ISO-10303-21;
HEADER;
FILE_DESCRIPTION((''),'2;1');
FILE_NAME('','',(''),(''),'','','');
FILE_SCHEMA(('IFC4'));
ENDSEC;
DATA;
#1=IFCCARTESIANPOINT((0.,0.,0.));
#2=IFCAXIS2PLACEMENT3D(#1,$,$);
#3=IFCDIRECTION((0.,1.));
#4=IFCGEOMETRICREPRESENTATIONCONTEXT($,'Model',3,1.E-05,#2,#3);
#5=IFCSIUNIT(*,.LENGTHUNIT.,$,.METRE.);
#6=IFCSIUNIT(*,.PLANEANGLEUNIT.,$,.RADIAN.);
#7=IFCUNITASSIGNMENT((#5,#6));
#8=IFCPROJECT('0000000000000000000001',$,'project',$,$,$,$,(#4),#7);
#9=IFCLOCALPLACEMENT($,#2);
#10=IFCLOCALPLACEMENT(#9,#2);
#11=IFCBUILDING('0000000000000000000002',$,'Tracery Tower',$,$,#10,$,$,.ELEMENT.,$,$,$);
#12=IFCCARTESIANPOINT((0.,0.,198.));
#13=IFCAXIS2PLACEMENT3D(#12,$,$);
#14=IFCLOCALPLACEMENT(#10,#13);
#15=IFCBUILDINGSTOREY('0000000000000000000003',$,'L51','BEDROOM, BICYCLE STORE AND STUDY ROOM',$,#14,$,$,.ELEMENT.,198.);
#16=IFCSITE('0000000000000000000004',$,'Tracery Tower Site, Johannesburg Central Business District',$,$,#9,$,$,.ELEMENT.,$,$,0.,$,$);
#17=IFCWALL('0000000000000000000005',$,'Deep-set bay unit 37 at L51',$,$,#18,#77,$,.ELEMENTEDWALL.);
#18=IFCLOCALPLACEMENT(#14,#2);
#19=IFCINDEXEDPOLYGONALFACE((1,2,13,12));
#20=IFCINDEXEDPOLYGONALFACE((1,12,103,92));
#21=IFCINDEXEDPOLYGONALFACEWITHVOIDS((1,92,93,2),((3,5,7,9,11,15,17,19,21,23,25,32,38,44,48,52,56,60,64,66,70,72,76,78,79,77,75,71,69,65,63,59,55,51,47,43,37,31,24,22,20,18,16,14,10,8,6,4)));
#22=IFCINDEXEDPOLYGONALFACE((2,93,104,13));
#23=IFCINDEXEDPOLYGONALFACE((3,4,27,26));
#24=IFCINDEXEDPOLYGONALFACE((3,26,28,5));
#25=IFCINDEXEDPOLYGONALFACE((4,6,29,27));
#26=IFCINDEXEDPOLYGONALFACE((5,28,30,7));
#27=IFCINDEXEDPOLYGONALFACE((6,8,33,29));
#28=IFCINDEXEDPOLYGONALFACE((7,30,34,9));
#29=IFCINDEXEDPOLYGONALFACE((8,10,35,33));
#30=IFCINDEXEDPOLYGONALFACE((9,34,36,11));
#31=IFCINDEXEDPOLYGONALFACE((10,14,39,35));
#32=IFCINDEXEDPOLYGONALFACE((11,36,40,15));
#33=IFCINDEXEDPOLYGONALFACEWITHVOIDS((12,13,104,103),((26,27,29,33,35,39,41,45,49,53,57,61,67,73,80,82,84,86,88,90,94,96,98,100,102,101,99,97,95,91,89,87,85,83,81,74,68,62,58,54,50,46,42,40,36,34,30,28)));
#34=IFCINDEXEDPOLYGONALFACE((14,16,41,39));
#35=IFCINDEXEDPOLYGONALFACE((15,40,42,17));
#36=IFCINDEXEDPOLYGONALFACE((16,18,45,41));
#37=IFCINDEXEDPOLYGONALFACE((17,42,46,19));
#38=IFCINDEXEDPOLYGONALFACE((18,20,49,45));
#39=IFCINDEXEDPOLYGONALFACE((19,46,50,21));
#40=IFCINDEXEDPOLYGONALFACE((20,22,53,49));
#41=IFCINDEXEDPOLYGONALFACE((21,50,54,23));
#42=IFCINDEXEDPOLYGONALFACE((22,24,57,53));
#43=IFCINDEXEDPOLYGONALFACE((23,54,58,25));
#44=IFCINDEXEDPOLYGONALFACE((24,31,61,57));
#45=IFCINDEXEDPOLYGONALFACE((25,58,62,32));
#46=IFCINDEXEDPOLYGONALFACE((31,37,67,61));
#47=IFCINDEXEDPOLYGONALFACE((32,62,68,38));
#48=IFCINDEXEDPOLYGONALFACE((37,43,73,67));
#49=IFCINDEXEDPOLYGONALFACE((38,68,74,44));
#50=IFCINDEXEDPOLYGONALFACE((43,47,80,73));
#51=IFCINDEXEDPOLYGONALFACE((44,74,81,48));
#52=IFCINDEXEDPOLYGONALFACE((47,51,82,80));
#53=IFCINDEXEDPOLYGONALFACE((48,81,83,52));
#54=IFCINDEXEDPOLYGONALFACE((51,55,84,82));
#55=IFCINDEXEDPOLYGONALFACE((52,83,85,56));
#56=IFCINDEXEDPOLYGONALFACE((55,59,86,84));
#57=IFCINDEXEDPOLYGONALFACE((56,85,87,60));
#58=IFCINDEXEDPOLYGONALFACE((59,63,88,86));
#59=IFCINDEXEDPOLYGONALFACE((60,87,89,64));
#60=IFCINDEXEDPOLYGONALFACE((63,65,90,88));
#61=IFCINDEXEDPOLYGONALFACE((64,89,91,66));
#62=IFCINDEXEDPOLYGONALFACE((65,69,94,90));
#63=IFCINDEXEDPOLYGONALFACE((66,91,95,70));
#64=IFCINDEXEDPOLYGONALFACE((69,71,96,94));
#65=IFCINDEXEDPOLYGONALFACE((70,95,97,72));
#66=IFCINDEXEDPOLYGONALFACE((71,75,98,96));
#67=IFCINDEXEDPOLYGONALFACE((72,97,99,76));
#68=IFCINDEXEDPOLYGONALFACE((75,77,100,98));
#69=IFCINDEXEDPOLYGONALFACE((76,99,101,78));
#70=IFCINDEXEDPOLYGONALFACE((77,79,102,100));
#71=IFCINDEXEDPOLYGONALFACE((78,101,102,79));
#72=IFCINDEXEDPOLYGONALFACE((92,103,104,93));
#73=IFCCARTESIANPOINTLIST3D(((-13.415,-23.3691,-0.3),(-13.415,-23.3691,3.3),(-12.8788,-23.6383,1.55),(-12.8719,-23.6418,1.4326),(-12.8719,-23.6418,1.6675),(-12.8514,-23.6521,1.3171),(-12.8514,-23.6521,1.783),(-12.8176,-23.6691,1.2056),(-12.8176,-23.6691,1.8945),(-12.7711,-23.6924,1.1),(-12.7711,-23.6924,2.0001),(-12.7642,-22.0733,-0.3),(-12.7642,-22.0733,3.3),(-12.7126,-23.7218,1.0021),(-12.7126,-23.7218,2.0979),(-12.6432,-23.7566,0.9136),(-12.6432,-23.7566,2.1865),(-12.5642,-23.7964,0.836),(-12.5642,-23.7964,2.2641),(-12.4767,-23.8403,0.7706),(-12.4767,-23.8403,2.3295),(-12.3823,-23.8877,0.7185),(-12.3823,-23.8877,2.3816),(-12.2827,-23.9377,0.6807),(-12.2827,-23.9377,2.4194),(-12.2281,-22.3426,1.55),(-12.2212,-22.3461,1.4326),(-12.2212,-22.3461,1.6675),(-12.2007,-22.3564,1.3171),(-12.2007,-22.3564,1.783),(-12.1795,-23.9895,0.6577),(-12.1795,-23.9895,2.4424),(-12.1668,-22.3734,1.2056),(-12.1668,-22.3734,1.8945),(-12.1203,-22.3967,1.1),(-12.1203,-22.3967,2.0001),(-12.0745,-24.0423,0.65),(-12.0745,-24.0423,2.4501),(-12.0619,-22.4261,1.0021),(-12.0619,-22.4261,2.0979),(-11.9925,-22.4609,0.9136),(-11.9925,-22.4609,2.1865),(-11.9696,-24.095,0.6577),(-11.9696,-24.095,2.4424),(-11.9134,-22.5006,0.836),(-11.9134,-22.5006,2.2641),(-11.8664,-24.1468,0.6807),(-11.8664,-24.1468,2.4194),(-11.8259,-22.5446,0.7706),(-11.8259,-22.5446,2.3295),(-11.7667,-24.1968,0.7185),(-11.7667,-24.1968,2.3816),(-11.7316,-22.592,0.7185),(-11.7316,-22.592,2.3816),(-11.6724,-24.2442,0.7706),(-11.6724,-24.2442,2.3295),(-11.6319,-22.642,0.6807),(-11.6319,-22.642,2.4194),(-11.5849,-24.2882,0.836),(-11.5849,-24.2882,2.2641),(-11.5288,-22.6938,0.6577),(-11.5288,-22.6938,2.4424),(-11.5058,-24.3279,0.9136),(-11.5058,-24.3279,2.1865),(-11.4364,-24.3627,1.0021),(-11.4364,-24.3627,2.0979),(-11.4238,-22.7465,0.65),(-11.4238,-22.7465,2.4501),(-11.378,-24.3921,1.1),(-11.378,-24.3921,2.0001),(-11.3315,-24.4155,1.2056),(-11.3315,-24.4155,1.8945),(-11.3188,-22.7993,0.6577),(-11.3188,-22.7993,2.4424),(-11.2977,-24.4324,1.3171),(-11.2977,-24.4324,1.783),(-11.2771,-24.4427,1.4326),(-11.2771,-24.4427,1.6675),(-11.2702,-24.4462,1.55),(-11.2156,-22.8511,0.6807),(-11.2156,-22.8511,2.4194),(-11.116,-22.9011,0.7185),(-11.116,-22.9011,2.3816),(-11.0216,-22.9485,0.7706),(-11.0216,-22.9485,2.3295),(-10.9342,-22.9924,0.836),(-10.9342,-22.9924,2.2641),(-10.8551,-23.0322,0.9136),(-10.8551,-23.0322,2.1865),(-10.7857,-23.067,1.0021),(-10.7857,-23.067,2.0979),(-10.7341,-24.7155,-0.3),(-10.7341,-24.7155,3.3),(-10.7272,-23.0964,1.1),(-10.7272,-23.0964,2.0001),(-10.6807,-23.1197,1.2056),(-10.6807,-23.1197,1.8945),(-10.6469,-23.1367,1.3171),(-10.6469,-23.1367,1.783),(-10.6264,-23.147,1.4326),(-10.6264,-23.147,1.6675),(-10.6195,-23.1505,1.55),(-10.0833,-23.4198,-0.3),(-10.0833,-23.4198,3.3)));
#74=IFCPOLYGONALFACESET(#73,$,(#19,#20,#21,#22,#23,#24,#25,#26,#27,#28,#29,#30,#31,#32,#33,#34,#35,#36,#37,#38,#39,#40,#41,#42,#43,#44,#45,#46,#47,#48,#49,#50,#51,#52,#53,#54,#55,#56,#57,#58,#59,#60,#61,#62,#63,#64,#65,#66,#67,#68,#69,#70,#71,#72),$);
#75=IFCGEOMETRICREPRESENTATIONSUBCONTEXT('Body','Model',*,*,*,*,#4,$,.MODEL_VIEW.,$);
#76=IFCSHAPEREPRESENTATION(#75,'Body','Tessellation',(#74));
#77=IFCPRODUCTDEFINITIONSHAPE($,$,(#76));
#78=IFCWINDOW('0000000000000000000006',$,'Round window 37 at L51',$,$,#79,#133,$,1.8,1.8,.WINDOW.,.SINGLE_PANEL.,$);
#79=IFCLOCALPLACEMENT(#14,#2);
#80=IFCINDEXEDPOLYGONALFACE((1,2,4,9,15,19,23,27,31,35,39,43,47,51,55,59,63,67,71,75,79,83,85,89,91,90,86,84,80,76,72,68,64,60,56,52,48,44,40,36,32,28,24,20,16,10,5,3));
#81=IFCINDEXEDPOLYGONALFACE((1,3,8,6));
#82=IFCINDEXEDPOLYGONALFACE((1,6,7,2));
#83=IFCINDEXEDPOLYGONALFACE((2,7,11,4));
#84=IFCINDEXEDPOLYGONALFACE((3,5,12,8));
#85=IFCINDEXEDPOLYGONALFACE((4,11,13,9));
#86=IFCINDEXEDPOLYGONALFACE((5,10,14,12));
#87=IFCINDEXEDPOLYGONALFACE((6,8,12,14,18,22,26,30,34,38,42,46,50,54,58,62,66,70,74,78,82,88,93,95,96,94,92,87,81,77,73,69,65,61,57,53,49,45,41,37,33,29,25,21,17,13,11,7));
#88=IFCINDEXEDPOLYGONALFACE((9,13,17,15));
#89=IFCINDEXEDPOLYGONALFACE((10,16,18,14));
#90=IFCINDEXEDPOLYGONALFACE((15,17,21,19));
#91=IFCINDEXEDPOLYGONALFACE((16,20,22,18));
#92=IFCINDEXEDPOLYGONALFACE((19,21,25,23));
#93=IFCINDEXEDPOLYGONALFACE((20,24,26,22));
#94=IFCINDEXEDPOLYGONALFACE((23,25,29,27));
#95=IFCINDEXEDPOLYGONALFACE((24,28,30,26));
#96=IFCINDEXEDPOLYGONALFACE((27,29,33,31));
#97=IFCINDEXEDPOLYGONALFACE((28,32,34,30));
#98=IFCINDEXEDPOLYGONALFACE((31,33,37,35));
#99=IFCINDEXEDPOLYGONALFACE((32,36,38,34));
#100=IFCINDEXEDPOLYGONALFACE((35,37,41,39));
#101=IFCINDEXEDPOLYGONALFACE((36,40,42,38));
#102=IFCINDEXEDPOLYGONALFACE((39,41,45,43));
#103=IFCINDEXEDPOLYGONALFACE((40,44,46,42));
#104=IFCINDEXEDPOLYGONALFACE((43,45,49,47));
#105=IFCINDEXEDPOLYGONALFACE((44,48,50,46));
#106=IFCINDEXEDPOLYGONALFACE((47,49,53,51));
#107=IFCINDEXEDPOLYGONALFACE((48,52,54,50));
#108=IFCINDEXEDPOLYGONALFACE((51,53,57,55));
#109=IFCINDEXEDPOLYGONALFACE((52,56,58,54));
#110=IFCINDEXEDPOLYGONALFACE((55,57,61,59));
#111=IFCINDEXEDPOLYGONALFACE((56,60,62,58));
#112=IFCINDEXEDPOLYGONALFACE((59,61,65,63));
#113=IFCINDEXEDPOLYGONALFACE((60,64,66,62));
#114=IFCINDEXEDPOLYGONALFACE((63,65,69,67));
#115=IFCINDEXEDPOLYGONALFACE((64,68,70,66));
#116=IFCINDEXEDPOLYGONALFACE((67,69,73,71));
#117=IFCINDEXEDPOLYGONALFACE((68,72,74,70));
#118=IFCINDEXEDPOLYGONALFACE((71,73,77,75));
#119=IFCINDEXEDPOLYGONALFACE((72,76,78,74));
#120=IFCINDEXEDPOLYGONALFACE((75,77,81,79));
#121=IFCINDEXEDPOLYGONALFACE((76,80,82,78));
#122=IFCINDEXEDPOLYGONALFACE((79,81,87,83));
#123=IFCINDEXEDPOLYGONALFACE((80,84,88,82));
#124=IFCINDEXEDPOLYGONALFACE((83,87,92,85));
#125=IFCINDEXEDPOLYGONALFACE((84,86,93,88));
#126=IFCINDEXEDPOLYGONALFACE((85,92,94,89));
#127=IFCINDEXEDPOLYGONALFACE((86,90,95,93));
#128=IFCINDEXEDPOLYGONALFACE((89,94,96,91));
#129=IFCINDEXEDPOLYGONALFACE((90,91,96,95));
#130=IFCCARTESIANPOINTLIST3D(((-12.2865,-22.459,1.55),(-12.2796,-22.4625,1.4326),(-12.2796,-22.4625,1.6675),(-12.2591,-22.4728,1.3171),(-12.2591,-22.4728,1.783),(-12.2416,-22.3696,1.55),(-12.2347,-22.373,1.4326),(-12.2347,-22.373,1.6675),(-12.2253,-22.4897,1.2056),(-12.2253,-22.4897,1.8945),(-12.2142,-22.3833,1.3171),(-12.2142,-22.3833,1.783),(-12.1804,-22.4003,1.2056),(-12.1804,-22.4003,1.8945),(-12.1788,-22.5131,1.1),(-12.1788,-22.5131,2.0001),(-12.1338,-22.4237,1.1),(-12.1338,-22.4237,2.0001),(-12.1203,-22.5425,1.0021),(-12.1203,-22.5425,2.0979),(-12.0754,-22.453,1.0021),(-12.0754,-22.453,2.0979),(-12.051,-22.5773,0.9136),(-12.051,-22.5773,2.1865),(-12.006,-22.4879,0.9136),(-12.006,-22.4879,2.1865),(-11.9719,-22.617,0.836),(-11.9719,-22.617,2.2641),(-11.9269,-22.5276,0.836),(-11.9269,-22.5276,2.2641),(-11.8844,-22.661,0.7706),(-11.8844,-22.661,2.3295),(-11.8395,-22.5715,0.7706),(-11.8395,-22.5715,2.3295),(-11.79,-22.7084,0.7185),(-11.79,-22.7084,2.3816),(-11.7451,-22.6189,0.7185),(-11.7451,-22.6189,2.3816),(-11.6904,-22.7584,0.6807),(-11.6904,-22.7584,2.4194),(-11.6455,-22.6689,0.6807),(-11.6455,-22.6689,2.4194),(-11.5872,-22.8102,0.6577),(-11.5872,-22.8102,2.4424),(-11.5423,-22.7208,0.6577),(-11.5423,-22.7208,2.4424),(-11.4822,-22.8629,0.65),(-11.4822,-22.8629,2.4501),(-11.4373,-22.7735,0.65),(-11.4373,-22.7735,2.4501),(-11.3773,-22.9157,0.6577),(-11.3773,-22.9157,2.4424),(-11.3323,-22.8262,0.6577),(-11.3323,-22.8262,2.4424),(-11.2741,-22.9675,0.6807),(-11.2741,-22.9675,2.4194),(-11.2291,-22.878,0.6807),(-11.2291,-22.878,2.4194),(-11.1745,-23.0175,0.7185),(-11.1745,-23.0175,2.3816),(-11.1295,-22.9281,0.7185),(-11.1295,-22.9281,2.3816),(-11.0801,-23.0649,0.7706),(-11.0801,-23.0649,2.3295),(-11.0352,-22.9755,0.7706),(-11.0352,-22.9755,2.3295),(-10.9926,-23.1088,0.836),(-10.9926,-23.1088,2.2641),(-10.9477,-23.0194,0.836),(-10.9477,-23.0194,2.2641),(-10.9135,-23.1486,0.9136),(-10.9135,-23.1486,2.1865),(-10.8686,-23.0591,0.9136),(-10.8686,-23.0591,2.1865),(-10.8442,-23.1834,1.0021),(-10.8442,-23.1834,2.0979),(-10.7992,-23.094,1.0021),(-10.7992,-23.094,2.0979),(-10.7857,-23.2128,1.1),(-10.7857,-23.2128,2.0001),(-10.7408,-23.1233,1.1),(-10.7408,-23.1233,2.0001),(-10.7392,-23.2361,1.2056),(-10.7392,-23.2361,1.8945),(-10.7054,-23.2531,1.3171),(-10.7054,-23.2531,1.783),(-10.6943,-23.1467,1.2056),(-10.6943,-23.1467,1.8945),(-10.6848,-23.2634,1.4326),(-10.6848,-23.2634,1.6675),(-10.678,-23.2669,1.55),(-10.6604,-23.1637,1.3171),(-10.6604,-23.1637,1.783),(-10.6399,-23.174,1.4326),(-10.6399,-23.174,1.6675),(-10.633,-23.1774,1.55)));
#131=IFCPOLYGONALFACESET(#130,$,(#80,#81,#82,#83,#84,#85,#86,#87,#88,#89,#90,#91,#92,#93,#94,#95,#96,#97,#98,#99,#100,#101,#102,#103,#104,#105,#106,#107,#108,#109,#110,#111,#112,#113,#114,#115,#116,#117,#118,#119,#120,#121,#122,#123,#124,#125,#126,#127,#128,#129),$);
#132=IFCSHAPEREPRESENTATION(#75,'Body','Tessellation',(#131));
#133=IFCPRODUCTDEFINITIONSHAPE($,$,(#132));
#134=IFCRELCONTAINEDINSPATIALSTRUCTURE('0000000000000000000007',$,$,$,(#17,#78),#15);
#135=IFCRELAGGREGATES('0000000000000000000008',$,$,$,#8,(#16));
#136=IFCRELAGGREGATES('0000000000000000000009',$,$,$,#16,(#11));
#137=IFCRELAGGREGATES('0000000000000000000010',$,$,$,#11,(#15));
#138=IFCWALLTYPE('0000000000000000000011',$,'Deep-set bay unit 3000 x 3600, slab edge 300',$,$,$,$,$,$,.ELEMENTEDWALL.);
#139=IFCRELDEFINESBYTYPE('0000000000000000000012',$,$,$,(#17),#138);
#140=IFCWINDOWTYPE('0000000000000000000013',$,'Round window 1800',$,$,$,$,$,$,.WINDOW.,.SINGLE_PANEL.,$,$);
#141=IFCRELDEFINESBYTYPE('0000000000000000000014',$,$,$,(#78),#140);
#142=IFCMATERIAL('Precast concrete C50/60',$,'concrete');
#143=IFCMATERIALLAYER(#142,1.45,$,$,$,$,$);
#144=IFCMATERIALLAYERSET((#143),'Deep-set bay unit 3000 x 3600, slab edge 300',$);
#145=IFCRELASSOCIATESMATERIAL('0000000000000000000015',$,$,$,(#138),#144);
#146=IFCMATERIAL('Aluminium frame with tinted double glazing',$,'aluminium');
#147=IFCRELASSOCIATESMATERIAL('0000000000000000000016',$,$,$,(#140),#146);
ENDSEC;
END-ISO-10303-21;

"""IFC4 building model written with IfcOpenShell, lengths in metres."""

from ifc_helpers import new_model, si_unit, direction, frame, frame_2d, origin, origin_2d, place, context, subcontext, project, spatial, rectangle, circle, extrude, material, layer, layer_set, type_object, element, fill, save


model = new_model("IFC4")

# Units and contexts
model_context = context("Model", 3, precision=1e-05, world=origin(), true_north=direction((0.0, 1.0)))
body_context = subcontext(model_context, "Body", "Model", "MODEL_VIEW")
ifc_project = project(units=[si_unit("LENGTHUNIT", "METRE"), si_unit("PLANEANGLEUNIT", "RADIAN")], contexts=[model_context])

# Site, building, storey
site_placement = place(None, origin())
site = spatial("IfcSite", under=ifc_project, at=site_placement, Name="Tracery Tower Site, Johannesburg Central Business District", CompositionType="ELEMENT", RefElevation=0.0)
building_placement = place(site_placement, origin())
building = spatial("IfcBuilding", under=site, at=building_placement, Name="Tracery Tower", CompositionType="ELEMENT")
storey_placement = place(building_placement, frame((0.0, 0.0, 198.0)))
storey = spatial("IfcBuildingStorey", under=building, at=storey_placement, Name="L51", Description="BEDROOM, BICYCLE STORE AND STUDY ROOM", CompositionType="ELEMENT", Elevation=198.0)

# Wall, opening, window
ifc_material_1 = material(Name="Precast concrete C50/60", Category="concrete")
ifc_layer_1 = layer(ifc_material_1, 1.45)
ifc_layer_set_1 = layer_set([ifc_layer_1], Name="Deep-set bay unit 3000 x 3600, slab edge 300")
wall_type_1 = type_object("IfcWallType", Name="Deep-set bay unit 3000 x 3600, slab edge 300", PredefinedType="ELEMENTEDWALL", material=ifc_layer_set_1)
ifc_material_2 = material(Name="Aluminium frame with tinted double glazing", Category="aluminium")
window_type = type_object("IfcWindowType", Name="Round window 1800", PartitioningType="SINGLE_PANEL", PredefinedType="WINDOW", material=ifc_material_2)
wall_1_placement = place(storey_placement, frame((-13.0896, -22.7212, -0.3), z_axis=(0.0, 0.0, 1.0), x_axis=(0.893628, -0.448808, 0.0)))
wall_1 = element("IfcWall", 1, at=wall_1_placement, inside=storey, type_object=wall_type_1, Name="Deep-set bay unit 37 at L51", PredefinedType="ELEMENTEDWALL", context=body_context, shape_type="SweptSolid", body=[
    extrude(rectangle(XDim=3.0, YDim=1.45, at=frame_2d((1.5, 0.0))), origin(), (0.0, 0.0, 1.0), 3.6001),
])
opening_1_placement = place(wall_1_placement, frame((1.5, 0.0, 1.8501)))
opening_1 = element("IfcOpeningElement", 2, at=opening_1_placement, cuts=wall_1, PredefinedType="OPENING", context=body_context, shape_type="SweptSolid", body=[
    extrude(circle(Radius=0.9, at=origin_2d()), frame((0.0, 0.7349, 0.0), z_axis=(0.0, -1.0, 0.0), x_axis=(1.0, 0.0, 0.0)), (0.0, 0.0, 1.0), 1.47),
])
window_1_placement = place(opening_1_placement, origin())
window_1 = element("IfcWindow", 3, at=window_1_placement, inside=storey, type_object=window_type, Name="Round window 37 at L51", OverallHeight=1.8, OverallWidth=1.8, PartitioningType="SINGLE_PANEL", PredefinedType="WINDOW", context=body_context, shape_type="SweptSolid", body=[
    extrude(circle(Radius=0.9, at=origin_2d()), frame((0.0, 0.6948, 0.0), z_axis=(0.0, -1.0, 0.0), x_axis=(1.0, 0.0, 0.0)), (0.0, 0.0, 1.0), 0.1001),
])
fill(opening_1, window_1)

save(model, "model.ifc")
